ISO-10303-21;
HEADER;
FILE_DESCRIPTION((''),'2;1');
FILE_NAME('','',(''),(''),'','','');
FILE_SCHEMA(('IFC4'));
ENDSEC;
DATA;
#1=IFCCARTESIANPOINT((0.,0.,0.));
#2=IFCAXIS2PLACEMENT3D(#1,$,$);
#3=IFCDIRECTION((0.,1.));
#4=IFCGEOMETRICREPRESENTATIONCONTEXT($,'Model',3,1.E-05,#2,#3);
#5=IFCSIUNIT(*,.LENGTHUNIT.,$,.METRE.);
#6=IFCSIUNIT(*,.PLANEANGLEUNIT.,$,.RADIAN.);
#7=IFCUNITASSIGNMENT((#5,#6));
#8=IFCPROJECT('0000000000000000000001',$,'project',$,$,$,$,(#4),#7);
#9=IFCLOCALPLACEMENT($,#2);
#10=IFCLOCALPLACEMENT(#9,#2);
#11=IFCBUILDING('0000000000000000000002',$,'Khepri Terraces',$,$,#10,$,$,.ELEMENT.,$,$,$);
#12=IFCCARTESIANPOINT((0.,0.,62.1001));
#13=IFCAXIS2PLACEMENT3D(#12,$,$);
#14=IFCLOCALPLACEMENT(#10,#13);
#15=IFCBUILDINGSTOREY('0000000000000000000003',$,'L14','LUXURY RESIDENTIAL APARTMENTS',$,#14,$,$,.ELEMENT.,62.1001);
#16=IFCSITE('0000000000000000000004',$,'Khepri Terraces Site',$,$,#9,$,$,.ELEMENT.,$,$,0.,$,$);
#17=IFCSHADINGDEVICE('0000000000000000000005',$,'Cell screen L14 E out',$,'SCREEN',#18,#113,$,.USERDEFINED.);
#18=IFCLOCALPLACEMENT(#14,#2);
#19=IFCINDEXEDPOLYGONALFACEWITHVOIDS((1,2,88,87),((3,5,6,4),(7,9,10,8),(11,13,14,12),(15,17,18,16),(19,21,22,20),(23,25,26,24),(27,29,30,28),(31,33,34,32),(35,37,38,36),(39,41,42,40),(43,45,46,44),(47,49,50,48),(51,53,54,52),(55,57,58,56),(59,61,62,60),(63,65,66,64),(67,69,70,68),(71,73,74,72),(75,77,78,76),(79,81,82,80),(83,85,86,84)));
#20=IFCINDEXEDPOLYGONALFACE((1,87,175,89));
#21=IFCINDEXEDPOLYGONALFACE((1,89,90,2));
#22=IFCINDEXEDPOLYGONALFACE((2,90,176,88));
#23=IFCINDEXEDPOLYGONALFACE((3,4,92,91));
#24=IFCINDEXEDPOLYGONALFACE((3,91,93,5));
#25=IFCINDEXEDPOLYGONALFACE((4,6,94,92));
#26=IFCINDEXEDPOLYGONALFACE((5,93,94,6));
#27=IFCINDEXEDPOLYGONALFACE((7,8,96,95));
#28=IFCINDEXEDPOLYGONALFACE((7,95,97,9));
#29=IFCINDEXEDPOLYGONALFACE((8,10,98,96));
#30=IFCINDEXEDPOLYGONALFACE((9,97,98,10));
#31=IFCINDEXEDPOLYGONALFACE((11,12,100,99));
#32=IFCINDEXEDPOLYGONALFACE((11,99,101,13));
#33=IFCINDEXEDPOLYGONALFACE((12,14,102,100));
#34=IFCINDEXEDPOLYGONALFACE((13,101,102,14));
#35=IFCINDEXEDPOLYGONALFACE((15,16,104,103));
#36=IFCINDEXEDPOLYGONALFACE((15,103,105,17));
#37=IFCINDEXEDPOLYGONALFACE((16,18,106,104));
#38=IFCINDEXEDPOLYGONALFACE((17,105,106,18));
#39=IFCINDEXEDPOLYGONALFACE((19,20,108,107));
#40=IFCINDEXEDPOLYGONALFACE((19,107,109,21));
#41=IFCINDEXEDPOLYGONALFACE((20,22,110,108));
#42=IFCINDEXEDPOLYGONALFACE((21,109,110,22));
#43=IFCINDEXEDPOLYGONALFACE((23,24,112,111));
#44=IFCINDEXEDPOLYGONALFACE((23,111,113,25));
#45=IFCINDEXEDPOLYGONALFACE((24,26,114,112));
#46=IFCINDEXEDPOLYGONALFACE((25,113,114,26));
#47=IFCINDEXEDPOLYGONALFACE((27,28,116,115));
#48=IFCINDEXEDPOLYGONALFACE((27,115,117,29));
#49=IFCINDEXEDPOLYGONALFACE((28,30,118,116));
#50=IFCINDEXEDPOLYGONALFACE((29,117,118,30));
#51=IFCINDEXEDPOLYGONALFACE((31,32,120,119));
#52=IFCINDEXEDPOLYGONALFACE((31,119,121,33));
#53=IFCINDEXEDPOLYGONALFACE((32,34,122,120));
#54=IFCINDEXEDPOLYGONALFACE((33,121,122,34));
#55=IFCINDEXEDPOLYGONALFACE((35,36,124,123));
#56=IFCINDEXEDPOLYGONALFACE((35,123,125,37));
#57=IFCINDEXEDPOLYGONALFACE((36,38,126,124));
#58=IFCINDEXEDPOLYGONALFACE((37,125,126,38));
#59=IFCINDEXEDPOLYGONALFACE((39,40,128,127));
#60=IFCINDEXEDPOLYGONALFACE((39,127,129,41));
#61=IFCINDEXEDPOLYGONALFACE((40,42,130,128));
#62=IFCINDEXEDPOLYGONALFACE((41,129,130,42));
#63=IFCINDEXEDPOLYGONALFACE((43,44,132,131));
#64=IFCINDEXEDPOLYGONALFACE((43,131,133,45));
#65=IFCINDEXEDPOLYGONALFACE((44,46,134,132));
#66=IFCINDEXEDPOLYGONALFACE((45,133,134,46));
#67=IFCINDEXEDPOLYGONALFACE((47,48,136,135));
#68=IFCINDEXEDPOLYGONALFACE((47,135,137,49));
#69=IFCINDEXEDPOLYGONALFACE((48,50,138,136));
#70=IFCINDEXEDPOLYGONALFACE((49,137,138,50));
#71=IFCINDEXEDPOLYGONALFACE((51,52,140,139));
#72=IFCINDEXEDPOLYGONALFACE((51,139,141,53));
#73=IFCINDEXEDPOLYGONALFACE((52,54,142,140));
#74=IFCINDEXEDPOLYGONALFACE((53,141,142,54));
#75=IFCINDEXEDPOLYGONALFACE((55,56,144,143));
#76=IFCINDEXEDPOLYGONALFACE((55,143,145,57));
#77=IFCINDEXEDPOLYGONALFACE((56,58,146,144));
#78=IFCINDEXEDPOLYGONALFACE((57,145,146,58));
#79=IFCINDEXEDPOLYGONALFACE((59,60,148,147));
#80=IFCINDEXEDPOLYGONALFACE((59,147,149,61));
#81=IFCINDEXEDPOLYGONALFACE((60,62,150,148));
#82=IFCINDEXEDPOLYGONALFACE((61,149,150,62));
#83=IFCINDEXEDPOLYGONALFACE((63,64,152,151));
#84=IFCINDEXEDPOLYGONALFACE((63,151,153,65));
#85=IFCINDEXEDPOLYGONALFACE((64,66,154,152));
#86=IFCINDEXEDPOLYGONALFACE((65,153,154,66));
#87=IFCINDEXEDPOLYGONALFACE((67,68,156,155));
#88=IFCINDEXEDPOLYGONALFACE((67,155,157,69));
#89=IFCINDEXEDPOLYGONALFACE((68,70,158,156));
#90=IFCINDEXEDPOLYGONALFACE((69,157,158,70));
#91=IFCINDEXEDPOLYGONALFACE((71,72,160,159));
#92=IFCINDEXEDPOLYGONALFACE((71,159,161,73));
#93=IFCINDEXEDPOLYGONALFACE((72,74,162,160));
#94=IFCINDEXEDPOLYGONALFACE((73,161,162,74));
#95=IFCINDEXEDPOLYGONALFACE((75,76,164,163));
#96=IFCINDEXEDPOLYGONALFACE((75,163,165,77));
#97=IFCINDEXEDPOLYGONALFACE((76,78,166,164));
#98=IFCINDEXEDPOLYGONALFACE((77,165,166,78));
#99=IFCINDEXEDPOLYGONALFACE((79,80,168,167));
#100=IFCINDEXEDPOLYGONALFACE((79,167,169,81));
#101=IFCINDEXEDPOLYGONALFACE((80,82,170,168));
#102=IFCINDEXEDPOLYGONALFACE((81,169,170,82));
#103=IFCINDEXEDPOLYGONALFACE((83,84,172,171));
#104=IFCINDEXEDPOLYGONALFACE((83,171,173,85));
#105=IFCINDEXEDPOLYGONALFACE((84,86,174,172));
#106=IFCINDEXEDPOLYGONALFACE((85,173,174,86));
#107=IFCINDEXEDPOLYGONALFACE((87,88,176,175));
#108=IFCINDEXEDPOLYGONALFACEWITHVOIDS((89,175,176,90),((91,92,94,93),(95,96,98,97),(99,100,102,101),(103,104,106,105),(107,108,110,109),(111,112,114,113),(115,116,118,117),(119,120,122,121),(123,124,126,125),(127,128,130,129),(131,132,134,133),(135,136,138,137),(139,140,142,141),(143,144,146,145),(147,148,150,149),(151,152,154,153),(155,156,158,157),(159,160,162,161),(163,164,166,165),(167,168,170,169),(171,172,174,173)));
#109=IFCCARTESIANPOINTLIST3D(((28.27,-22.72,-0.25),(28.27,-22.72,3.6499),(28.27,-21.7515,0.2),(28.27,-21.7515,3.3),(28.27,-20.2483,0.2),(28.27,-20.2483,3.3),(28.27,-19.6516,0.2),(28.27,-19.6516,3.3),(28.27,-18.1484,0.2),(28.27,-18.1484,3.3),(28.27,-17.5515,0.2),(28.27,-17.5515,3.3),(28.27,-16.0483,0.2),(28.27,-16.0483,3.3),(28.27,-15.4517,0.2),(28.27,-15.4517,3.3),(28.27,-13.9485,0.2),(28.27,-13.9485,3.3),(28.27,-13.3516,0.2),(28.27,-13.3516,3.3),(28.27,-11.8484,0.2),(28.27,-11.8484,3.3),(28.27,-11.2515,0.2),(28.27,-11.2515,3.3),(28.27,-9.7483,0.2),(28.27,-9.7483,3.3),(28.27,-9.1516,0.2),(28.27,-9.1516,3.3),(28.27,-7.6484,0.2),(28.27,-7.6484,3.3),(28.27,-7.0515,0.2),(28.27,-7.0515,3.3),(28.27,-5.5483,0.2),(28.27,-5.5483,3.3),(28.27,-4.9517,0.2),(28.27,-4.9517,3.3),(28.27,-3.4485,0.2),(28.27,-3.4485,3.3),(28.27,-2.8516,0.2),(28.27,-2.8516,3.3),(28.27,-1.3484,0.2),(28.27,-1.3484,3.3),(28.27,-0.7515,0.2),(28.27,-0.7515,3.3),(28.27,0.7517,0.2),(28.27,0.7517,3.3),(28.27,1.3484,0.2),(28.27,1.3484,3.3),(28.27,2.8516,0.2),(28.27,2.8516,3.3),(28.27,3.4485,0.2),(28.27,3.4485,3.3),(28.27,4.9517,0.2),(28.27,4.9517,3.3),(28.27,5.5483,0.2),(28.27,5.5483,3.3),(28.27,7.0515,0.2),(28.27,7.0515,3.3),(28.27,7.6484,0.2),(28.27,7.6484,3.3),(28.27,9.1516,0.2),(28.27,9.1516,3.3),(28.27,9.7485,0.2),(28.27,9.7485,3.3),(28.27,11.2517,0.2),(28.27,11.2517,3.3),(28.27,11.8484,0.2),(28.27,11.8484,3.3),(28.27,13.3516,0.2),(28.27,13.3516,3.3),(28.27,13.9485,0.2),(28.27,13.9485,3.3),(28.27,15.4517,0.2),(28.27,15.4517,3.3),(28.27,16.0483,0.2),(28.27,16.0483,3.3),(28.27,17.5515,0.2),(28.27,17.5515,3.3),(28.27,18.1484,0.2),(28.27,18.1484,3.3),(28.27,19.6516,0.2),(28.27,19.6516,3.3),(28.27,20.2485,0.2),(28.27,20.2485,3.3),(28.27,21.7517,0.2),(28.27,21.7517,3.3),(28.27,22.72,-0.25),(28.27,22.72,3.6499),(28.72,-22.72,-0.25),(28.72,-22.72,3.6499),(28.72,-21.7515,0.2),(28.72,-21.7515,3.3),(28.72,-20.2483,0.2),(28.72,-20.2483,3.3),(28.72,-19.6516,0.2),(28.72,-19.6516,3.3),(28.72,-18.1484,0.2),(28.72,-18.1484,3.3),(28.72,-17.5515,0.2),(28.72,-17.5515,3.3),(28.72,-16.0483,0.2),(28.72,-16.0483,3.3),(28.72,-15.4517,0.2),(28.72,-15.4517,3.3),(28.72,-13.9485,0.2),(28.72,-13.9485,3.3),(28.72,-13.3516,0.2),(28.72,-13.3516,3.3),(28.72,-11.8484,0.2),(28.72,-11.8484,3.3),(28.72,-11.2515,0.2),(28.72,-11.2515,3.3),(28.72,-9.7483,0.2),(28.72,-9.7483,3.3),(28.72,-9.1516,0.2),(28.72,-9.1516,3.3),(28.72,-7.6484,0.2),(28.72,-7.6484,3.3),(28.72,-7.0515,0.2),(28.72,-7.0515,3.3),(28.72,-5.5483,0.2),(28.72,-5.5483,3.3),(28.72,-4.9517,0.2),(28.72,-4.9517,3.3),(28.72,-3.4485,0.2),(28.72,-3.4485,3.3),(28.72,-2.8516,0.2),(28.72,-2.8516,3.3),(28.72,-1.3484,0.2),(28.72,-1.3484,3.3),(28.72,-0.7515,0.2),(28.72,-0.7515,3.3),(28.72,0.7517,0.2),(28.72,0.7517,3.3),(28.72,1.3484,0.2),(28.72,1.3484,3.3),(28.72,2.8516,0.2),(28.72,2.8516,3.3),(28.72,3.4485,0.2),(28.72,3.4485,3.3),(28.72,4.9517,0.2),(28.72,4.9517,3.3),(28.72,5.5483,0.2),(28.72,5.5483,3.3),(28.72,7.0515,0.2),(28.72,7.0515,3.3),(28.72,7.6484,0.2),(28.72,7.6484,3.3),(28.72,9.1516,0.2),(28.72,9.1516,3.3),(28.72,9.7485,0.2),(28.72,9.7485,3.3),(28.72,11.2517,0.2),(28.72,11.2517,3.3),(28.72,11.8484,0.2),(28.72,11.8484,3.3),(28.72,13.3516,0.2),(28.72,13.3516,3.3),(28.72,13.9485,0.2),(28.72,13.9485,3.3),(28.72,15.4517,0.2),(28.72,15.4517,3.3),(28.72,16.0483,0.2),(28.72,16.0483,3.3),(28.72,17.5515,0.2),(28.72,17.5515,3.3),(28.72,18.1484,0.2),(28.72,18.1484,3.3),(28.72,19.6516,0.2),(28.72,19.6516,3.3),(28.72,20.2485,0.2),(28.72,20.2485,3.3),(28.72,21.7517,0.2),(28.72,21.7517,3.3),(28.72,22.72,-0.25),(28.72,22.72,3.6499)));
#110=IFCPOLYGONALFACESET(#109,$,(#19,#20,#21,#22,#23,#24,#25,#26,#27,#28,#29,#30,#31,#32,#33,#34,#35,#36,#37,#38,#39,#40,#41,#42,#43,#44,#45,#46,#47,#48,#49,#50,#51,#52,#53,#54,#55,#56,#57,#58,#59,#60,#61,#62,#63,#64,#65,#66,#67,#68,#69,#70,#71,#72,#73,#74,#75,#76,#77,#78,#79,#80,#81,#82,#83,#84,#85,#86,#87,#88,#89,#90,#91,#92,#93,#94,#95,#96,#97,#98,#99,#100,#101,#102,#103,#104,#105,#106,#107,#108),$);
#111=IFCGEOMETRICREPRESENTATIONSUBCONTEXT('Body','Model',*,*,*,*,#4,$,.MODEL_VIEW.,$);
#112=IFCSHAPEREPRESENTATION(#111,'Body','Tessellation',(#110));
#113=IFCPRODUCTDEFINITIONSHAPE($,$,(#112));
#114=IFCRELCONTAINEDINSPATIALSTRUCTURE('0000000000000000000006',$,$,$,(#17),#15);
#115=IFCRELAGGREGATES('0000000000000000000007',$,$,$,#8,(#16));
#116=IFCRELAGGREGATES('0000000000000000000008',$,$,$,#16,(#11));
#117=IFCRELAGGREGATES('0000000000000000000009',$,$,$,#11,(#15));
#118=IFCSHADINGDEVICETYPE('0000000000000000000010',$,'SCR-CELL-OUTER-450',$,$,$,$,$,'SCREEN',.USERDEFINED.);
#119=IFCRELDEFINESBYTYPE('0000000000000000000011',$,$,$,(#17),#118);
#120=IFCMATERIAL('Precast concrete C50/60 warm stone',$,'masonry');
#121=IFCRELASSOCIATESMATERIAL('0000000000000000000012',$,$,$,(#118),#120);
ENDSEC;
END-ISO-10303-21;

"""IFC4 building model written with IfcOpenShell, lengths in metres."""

from ifc_helpers import new_model, si_unit, direction, frame, origin, place, context, subcontext, project, spatial, polyline, outline, extrude, material, type_object, element, save


model = new_model("IFC4")

# Units and contexts
model_context = context("Model", 3, precision=1e-05, world=origin(), true_north=direction((0.0, 1.0)))
body_context = subcontext(model_context, "Body", "Model", "MODEL_VIEW")
ifc_project = project(units=[si_unit("LENGTHUNIT", "METRE"), si_unit("PLANEANGLEUNIT", "RADIAN")], contexts=[model_context])

# Site, building, storey
site_placement = place(None, origin())
site = spatial("IfcSite", under=ifc_project, at=site_placement, Name="Khepri Terraces Site", CompositionType="ELEMENT", RefElevation=0.0)
building_placement = place(site_placement, origin())
building = spatial("IfcBuilding", under=site, at=building_placement, Name="Khepri Terraces", CompositionType="ELEMENT")
storey_placement = place(building_placement, frame((0.0, 0.0, 62.1001)))
storey = spatial("IfcBuildingStorey", under=building, at=storey_placement, Name="L14", Description="LUXURY RESIDENTIAL APARTMENTS", CompositionType="ELEMENT", Elevation=62.1001)

# Shared definitions
ifc_material_1 = material(Name="Precast concrete C50/60 warm stone", Category="masonry")

# Shading device
shading_device_type_1 = type_object("IfcShadingDeviceType", Name="SCR-CELL-OUTER-450", ElementType="SCREEN", PredefinedType="USERDEFINED", material=ifc_material_1)
shading_device_1_placement = place(storey_placement, frame((28.27, -22.72, -0.25), z_axis=(1.0, 0.0, 0.0), x_axis=(0.0, 1.0, 0.0)))
element("IfcShadingDevice", 1, at=shading_device_1_placement, inside=storey, type_object=shading_device_type_1, Name="Cell screen L14 E out", ObjectType="SCREEN", PredefinedType="USERDEFINED", context=body_context, shape_type="SweptSolid", body=[
    extrude(outline(polyline([(0.0, 0.0), (45.4399, 0.0), (45.4399, 3.8999), (0.0, 3.8999), (0.0, 0.0)]), holes=[polyline([(0.9685, 0.45), (2.4717, 0.45), (2.4717, 3.55), (0.9685, 3.55), (0.9685, 0.45)]), polyline([(3.0684, 0.45), (4.5715, 0.45), (4.5715, 3.55), (3.0684, 3.55), (3.0684, 0.45)]), polyline([(5.1685, 0.45), (6.6716, 0.45), (6.6716, 3.55), (5.1685, 3.55), (5.1685, 0.45)]), polyline([(7.2683, 0.45), (8.7715, 0.45), (8.7715, 3.55), (7.2683, 3.55), (7.2683, 0.45)]), polyline([(9.3684, 0.45), (10.8716, 0.45), (10.8716, 3.55), (9.3684, 3.55), (9.3684, 0.45)]), polyline([(11.4685, 0.45), (12.9717, 0.45), (12.9717, 3.55), (11.4685, 3.55), (11.4685, 0.45)]), polyline([(13.5684, 0.45), (15.0715, 0.45), (15.0715, 3.55), (13.5684, 3.55), (13.5684, 0.45)]), polyline([(15.6685, 0.45), (17.1716, 0.45), (17.1716, 3.55), (15.6685, 3.55), (15.6685, 0.45)]), polyline([(17.7683, 0.45), (19.2715, 0.45), (19.2715, 3.55), (17.7683, 3.55), (17.7683, 0.45)]), polyline([(19.8684, 0.45), (21.3716, 0.45), (21.3716, 3.55), (19.8684, 3.55), (19.8684, 0.45)]), polyline([(21.9685, 0.45), (23.4717, 0.45), (23.4717, 3.55), (21.9685, 3.55), (21.9685, 0.45)]), polyline([(24.0684, 0.45), (25.5715, 0.45), (25.5715, 3.55), (24.0684, 3.55), (24.0684, 0.45)]), polyline([(26.1685, 0.45), (27.6716, 0.45), (27.6716, 3.55), (26.1685, 3.55), (26.1685, 0.45)]), polyline([(28.2683, 0.45), (29.7715, 0.45), (29.7715, 3.55), (28.2683, 3.55), (28.2683, 0.45)]), polyline([(30.3684, 0.45), (31.8716, 0.45), (31.8716, 3.55), (30.3684, 3.55), (30.3684, 0.45)]), polyline([(32.4685, 0.45), (33.9717, 0.45), (33.9717, 3.55), (32.4685, 3.55), (32.4685, 0.45)]), polyline([(34.5684, 0.45), (36.0715, 0.45), (36.0715, 3.55), (34.5684, 3.55), (34.5684, 0.45)]), polyline([(36.6685, 0.45), (38.1716, 0.45), (38.1716, 3.55), (36.6685, 3.55), (36.6685, 0.45)]), polyline([(38.7683, 0.45), (40.2715, 0.45), (40.2715, 3.55), (38.7683, 3.55), (38.7683, 0.45)]), polyline([(40.8684, 0.45), (42.3716, 0.45), (42.3716, 3.55), (40.8684, 3.55), (40.8684, 0.45)]), polyline([(42.9685, 0.45), (44.4717, 0.45), (44.4717, 3.55), (42.9685, 3.55), (42.9685, 0.45)])]), origin(), (0.0, 0.0, 1.0), 0.45),
])

save(model, "model.ifc")
